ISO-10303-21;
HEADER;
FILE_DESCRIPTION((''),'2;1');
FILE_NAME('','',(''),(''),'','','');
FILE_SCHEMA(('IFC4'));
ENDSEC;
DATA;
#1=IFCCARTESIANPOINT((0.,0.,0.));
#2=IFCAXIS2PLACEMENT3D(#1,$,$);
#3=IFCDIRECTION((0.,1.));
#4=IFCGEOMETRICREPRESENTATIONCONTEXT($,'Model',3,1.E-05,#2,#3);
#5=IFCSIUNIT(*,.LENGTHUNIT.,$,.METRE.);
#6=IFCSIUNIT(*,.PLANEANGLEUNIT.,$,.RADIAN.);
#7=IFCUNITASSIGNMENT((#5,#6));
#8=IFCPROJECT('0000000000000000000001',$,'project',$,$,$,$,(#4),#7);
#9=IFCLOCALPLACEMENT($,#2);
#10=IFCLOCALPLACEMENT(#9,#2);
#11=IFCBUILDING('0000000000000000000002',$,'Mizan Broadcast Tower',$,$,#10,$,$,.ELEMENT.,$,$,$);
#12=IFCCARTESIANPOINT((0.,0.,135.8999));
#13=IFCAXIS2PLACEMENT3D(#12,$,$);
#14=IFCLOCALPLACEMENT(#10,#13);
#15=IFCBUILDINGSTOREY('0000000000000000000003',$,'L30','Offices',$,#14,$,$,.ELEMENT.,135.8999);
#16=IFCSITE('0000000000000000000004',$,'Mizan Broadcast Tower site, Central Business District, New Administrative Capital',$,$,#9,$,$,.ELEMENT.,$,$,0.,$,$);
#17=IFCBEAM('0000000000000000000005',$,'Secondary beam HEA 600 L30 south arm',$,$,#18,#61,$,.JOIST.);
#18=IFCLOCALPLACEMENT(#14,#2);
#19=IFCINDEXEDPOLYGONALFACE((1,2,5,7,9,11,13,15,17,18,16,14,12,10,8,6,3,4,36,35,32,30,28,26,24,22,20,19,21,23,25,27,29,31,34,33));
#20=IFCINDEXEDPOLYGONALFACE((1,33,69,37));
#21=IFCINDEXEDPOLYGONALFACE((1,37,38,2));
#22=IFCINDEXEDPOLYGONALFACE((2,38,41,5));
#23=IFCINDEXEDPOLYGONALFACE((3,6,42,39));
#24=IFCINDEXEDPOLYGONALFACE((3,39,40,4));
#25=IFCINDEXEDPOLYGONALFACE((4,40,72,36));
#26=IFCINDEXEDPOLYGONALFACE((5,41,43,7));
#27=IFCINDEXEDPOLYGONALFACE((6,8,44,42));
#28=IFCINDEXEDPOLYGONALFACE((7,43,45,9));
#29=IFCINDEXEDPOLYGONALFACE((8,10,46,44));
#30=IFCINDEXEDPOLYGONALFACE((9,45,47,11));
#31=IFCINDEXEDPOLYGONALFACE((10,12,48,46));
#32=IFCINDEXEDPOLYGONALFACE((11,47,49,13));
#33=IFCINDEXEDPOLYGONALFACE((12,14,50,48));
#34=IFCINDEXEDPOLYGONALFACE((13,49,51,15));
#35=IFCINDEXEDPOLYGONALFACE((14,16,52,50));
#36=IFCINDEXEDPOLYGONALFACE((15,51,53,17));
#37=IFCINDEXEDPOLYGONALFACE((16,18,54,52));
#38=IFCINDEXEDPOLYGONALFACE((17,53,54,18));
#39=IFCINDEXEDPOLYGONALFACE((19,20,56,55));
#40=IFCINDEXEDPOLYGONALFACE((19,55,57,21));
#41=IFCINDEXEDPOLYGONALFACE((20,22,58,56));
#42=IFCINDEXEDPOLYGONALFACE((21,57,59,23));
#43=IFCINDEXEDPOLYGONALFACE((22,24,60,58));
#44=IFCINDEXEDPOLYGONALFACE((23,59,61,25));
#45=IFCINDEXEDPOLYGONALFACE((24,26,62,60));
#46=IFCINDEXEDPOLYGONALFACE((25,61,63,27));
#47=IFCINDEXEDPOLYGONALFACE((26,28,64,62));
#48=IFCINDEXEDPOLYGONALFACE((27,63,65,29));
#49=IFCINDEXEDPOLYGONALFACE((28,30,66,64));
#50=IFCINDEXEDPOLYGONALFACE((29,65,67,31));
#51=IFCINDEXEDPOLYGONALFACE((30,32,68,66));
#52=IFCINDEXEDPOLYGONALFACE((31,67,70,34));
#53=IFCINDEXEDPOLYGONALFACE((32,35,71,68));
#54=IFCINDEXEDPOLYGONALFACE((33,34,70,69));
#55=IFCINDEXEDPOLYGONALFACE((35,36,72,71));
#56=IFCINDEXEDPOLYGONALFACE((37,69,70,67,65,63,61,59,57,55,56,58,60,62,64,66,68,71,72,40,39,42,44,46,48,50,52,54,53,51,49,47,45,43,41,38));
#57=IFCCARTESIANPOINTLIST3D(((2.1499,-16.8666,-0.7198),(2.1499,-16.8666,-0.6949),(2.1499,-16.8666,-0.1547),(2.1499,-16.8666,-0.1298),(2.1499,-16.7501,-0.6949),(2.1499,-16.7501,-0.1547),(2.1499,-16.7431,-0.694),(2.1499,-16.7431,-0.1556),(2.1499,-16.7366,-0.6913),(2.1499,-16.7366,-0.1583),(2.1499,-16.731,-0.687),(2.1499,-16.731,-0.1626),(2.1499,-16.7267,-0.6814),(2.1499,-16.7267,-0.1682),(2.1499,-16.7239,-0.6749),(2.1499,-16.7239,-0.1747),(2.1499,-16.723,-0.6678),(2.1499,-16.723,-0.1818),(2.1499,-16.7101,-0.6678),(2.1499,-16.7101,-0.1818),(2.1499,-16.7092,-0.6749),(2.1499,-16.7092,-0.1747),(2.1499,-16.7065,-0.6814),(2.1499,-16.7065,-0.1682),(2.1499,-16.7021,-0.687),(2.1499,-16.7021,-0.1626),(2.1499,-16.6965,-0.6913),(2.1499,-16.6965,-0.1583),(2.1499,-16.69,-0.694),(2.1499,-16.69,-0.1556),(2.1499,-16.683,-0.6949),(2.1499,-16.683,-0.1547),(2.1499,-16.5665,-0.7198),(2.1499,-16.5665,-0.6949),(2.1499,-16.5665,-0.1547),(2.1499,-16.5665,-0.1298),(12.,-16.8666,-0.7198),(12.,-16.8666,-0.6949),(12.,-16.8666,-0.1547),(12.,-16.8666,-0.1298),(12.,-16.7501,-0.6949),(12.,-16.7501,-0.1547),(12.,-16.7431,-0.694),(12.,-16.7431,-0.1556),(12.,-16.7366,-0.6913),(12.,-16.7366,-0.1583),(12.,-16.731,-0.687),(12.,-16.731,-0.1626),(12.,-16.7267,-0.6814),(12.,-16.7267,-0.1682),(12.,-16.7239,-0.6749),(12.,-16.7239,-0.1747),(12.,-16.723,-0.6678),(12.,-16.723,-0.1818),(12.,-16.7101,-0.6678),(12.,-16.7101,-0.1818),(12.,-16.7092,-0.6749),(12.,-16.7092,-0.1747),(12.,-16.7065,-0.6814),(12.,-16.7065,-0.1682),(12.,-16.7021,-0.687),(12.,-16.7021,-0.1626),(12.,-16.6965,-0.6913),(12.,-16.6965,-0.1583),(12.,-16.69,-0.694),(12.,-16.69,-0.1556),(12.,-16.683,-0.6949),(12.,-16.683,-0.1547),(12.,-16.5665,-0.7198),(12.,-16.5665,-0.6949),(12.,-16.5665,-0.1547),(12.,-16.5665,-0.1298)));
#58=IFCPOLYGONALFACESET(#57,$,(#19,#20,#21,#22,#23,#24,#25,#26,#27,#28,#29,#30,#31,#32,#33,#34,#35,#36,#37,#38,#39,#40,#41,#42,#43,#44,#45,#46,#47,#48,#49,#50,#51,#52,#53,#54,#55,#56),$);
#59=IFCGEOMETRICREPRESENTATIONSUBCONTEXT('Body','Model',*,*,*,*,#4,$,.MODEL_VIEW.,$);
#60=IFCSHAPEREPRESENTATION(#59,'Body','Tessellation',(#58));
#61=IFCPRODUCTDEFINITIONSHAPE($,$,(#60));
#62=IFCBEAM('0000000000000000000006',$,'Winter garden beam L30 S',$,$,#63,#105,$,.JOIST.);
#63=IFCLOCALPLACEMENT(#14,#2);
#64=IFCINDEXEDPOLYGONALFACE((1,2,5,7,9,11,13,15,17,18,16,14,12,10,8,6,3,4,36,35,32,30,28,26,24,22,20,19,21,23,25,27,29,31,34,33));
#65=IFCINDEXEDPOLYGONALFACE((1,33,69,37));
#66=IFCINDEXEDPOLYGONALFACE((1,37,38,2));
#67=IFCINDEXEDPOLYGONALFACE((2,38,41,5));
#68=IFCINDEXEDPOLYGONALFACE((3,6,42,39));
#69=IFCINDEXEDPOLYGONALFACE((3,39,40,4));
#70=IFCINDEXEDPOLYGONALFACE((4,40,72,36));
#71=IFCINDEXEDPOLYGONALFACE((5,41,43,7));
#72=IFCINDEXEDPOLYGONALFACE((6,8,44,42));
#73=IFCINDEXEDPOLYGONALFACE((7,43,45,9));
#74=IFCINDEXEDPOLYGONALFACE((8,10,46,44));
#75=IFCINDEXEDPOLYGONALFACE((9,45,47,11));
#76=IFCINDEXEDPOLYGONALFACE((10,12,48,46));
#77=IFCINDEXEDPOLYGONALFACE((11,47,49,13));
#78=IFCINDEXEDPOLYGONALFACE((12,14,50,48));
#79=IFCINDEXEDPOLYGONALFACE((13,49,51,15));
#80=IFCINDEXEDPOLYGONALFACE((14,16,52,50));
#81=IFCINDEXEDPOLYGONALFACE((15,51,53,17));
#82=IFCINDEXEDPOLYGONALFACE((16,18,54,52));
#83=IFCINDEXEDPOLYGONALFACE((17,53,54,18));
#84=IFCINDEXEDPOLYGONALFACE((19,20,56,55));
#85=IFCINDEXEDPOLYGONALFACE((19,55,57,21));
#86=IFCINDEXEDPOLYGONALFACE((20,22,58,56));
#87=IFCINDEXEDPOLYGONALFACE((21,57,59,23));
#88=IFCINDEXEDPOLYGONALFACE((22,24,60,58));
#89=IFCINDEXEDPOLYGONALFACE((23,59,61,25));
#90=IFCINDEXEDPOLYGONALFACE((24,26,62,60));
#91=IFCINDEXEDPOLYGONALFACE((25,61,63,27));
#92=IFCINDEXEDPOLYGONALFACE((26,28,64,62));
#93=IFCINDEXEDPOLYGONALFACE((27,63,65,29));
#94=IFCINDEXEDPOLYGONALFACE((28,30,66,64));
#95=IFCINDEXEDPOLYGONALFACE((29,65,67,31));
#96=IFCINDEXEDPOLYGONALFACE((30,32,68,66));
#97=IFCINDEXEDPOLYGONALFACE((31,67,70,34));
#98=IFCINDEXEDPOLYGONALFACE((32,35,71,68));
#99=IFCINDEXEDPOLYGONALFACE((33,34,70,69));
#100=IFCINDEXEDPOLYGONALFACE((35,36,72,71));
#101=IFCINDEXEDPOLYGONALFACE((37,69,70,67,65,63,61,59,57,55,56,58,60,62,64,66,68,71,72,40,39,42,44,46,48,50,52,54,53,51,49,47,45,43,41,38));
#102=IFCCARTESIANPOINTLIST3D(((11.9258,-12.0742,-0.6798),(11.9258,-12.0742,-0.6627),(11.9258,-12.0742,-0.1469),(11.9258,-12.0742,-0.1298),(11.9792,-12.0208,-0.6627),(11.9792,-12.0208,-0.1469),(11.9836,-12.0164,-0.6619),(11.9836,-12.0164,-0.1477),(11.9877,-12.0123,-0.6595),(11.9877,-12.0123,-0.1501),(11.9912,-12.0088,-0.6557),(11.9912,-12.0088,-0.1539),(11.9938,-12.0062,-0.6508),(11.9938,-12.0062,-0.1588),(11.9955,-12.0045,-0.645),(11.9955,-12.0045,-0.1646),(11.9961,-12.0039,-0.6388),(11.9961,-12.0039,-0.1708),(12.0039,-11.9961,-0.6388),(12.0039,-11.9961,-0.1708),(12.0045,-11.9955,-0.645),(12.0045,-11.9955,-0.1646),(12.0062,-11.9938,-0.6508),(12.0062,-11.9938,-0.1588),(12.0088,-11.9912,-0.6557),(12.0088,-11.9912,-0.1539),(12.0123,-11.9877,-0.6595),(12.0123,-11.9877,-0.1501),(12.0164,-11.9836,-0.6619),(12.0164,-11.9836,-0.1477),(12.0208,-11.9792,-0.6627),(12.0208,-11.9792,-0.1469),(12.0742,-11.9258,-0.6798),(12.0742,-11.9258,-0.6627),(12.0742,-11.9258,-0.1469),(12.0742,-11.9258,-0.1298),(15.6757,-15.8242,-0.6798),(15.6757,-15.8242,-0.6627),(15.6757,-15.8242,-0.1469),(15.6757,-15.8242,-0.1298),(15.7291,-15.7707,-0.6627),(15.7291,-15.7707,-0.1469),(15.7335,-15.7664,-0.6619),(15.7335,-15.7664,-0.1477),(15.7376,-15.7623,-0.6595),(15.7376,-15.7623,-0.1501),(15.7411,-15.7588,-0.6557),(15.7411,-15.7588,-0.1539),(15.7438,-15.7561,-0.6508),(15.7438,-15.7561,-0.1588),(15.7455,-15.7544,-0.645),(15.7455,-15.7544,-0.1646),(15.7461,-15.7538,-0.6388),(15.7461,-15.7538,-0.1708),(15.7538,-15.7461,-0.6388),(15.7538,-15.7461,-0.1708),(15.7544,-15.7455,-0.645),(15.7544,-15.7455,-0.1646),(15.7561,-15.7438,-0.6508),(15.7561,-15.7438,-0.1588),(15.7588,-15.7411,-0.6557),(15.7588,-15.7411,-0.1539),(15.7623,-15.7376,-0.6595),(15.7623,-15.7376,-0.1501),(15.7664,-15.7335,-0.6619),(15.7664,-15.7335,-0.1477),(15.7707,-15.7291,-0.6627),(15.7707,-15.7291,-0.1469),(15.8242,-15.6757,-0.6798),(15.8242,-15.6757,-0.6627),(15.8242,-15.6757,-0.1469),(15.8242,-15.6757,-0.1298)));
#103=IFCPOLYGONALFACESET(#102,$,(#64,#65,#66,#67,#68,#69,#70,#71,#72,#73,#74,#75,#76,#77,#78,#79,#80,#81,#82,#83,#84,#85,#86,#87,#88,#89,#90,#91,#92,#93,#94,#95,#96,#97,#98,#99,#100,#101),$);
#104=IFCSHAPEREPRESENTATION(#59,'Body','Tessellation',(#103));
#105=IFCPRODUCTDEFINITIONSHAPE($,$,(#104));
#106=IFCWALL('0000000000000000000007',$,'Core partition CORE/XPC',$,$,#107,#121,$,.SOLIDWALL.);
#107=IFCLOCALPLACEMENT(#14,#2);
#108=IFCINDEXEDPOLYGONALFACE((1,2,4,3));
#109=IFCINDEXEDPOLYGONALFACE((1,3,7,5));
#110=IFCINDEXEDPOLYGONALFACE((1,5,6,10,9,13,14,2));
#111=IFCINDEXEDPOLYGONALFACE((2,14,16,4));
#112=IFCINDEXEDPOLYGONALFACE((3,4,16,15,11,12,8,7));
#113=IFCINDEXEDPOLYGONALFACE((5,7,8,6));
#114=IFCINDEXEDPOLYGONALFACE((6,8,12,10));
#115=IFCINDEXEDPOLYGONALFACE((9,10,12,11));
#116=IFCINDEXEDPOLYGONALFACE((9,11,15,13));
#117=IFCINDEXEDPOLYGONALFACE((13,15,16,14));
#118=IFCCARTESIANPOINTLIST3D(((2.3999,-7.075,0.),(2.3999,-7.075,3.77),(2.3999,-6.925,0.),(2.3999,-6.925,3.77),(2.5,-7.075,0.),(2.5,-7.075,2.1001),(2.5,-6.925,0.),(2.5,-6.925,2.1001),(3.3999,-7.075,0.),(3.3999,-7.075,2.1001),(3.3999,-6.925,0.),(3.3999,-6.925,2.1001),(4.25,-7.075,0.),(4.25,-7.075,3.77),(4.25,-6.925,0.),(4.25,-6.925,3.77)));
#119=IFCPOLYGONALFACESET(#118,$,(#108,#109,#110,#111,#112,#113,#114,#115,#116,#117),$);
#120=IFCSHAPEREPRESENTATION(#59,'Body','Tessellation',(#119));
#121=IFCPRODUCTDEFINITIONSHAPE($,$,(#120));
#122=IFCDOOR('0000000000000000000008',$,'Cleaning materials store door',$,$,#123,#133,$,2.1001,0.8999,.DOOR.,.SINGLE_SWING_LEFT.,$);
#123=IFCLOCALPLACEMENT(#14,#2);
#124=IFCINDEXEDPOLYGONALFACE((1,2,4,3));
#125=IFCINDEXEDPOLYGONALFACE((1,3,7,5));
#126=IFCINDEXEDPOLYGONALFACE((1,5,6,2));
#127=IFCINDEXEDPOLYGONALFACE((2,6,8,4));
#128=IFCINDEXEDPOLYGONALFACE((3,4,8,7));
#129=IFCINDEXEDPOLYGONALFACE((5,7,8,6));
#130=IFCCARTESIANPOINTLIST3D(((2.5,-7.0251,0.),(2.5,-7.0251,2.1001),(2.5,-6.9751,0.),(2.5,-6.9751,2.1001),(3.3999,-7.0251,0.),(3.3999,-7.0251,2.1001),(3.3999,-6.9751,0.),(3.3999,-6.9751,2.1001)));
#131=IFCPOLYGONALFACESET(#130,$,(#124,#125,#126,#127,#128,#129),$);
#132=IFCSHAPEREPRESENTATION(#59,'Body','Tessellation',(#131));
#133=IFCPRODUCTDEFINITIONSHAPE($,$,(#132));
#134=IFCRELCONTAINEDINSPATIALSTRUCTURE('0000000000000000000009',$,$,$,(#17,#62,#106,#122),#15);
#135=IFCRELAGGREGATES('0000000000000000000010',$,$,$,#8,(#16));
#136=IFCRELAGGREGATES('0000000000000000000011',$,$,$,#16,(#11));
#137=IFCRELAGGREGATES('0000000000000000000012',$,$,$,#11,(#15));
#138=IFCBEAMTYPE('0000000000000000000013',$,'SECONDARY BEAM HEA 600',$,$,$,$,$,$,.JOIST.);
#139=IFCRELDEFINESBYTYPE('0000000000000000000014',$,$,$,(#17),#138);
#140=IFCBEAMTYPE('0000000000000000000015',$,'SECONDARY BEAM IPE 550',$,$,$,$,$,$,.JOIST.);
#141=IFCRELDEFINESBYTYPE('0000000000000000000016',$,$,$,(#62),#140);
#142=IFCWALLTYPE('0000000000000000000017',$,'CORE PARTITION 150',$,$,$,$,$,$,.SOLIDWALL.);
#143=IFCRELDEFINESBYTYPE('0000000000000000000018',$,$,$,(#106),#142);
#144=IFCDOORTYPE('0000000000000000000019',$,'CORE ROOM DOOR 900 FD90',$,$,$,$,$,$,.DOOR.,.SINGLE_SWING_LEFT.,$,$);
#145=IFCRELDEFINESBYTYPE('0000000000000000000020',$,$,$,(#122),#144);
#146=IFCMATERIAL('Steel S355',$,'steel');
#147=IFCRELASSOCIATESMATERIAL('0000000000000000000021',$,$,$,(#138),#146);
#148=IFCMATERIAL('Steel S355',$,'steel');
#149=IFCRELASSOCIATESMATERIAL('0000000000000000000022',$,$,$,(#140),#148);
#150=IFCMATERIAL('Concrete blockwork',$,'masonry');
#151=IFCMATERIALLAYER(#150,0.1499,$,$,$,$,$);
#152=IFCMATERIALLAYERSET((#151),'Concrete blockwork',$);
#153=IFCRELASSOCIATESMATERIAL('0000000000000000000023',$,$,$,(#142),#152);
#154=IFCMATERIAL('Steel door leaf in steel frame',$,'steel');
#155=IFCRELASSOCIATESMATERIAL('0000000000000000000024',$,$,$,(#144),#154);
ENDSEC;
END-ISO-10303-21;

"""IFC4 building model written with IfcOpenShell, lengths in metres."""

from ifc_helpers import new_model, si_unit, direction, frame, frame_2d, origin, origin_2d, place, context, subcontext, project, spatial, rectangle, i_section, extrude, material, layer, layer_set, material_profile, profile_set, type_object, element, fill, save


model = new_model("IFC4")

# Units and contexts
model_context = context("Model", 3, precision=1e-05, world=origin(), true_north=direction((0.0, 1.0)))
body_context = subcontext(model_context, "Body", "Model", "MODEL_VIEW")
ifc_project = project(units=[si_unit("LENGTHUNIT", "METRE"), si_unit("PLANEANGLEUNIT", "RADIAN")], contexts=[model_context])

# Site, building, storey
site_placement = place(None, origin())
site = spatial("IfcSite", under=ifc_project, at=site_placement, Name="Mizan Broadcast Tower site, Central Business District, New Administrative Capital", CompositionType="ELEMENT", RefElevation=0.0)
building_placement = place(site_placement, origin())
building = spatial("IfcBuilding", under=site, at=building_placement, Name="Mizan Broadcast Tower", CompositionType="ELEMENT")
storey_placement = place(building_placement, frame((0.0, 0.0, 135.8999)))
storey = spatial("IfcBuildingStorey", under=building, at=storey_placement, Name="L30", Description="Offices", CompositionType="ELEMENT", Elevation=135.8999)

# Beams
ifc_material_1 = material(Name="Steel S355", Category="steel")
ifc_material_profile_1 = material_profile(ifc_material_1, i_section(OverallWidth=0.3, OverallDepth=0.5901, WebThickness=0.0129, FlangeThickness=0.0249, FilletRadius=0.0271, at=origin_2d()), Name="HEA 600")
ifc_profile_set_1 = profile_set([ifc_material_profile_1], Name="Steel S355")
beam_type_1 = type_object("IfcBeamType", Name="SECONDARY BEAM HEA 600", PredefinedType="JOIST", material=ifc_profile_set_1)
for number, where, z_axis, x_axis, name in (
    (1, (12.0, -16.7166, -0.4248), (-1.0, 0.0, 0.0), (0.0, -1.0, 0.0), "Secondary beam HEA 600 L30 south arm"),
):
    element("IfcBeam", number, at=place(storey_placement, frame(where, z_axis=z_axis, x_axis=x_axis)), inside=storey, type_object=beam_type_1, Name=name, PredefinedType="JOIST", context=body_context, shape_type="SweptSolid", body=[
        extrude(i_section(OverallWidth=0.3, OverallDepth=0.5901, WebThickness=0.0129, FlangeThickness=0.0249, FilletRadius=0.0271, at=origin_2d()), origin(), (0.0, 0.0, 1.0), 9.8501),
    ])
ifc_material_2 = material(Name="Steel S355", Category="steel")
ifc_material_profile_2 = material_profile(ifc_material_2, i_section(OverallWidth=0.21, OverallDepth=0.55, WebThickness=0.011, FlangeThickness=0.0171, FilletRadius=0.0239, at=origin_2d()), Name="IPE 550")
ifc_profile_set_2 = profile_set([ifc_material_profile_2], Name="Steel S355")
beam_type_2 = type_object("IfcBeamType", Name="SECONDARY BEAM IPE 550", PredefinedType="JOIST", material=ifc_profile_set_2)
beam_1_placement = place(storey_placement, frame((12.0, -12.0, -0.4048), z_axis=(0.707107, -0.707107, 0.0), x_axis=(0.707107, 0.707107, 0.0)))
element("IfcBeam", 2, at=beam_1_placement, inside=storey, type_object=beam_type_2, Name="Winter garden beam L30 S", PredefinedType="JOIST", context=body_context, shape_type="SweptSolid", body=[
    extrude(i_section(OverallWidth=0.21, OverallDepth=0.55, WebThickness=0.011, FlangeThickness=0.0171, FilletRadius=0.0239, at=origin_2d()), origin(), (0.0, 0.0, 1.0), 5.3032),
])

# Wall, opening, door
ifc_material_3 = material(Name="Concrete blockwork", Category="masonry")
ifc_layer_1 = layer(ifc_material_3, 0.1499)
ifc_layer_set_1 = layer_set([ifc_layer_1], Name="Concrete blockwork")
wall_type_1 = type_object("IfcWallType", Name="CORE PARTITION 150", PredefinedType="SOLIDWALL", material=ifc_layer_set_1)
wall_1_placement = place(storey_placement, frame((2.3999, -7.0, 0.0), z_axis=(0.0, 0.0, 1.0), x_axis=(1.0, 0.0, 0.0)))
wall_1 = element("IfcWall", 3, at=wall_1_placement, inside=storey, type_object=wall_type_1, Name="Core partition CORE/XPC", PredefinedType="SOLIDWALL", context=body_context, shape_type="SweptSolid", body=[
    extrude(rectangle(XDim=1.8501, YDim=0.1499, at=frame_2d((0.925, 0.0))), origin(), (0.0, 0.0, 1.0), 3.77),
])
opening_1_placement = place(wall_1_placement, frame((0.1001, 0.0, 0.0)))
opening_1 = element("IfcOpeningElement", 4, at=opening_1_placement, cuts=wall_1, PredefinedType="OPENING", context=body_context, shape_type="SweptSolid", body=[
    extrude(rectangle(XDim=0.8999, YDim=2.1001, at=frame_2d((0.45, 1.05))), frame((0.0, 0.085, 0.0), z_axis=(0.0, -1.0, 0.0), x_axis=(1.0, 0.0, 0.0)), (0.0, 0.0, 1.0), 0.1699),
])
ifc_material_4 = material(Name="Steel door leaf in steel frame", Category="steel")
door_type_1 = type_object("IfcDoorType", Name="CORE ROOM DOOR 900 FD90", OperationType="SINGLE_SWING_LEFT", PredefinedType="DOOR", material=ifc_material_4)
door_1_placement = place(opening_1_placement, origin())
door_1 = element("IfcDoor", 5, at=door_1_placement, inside=storey, type_object=door_type_1, Name="Cleaning materials store door", OperationType="SINGLE_SWING_LEFT", OverallHeight=2.1001, OverallWidth=0.8999, PredefinedType="DOOR", context=body_context, shape_type="SweptSolid", body=[
    extrude(rectangle(XDim=0.8999, YDim=2.1001, at=frame_2d((0.45, 1.05))), frame((0.0, 0.0249, 0.0), z_axis=(0.0, -1.0, 0.0), x_axis=(1.0, 0.0, 0.0)), (0.0, 0.0, 1.0), 0.05),
])
fill(opening_1, door_1)

save(model, "model.ifc")
